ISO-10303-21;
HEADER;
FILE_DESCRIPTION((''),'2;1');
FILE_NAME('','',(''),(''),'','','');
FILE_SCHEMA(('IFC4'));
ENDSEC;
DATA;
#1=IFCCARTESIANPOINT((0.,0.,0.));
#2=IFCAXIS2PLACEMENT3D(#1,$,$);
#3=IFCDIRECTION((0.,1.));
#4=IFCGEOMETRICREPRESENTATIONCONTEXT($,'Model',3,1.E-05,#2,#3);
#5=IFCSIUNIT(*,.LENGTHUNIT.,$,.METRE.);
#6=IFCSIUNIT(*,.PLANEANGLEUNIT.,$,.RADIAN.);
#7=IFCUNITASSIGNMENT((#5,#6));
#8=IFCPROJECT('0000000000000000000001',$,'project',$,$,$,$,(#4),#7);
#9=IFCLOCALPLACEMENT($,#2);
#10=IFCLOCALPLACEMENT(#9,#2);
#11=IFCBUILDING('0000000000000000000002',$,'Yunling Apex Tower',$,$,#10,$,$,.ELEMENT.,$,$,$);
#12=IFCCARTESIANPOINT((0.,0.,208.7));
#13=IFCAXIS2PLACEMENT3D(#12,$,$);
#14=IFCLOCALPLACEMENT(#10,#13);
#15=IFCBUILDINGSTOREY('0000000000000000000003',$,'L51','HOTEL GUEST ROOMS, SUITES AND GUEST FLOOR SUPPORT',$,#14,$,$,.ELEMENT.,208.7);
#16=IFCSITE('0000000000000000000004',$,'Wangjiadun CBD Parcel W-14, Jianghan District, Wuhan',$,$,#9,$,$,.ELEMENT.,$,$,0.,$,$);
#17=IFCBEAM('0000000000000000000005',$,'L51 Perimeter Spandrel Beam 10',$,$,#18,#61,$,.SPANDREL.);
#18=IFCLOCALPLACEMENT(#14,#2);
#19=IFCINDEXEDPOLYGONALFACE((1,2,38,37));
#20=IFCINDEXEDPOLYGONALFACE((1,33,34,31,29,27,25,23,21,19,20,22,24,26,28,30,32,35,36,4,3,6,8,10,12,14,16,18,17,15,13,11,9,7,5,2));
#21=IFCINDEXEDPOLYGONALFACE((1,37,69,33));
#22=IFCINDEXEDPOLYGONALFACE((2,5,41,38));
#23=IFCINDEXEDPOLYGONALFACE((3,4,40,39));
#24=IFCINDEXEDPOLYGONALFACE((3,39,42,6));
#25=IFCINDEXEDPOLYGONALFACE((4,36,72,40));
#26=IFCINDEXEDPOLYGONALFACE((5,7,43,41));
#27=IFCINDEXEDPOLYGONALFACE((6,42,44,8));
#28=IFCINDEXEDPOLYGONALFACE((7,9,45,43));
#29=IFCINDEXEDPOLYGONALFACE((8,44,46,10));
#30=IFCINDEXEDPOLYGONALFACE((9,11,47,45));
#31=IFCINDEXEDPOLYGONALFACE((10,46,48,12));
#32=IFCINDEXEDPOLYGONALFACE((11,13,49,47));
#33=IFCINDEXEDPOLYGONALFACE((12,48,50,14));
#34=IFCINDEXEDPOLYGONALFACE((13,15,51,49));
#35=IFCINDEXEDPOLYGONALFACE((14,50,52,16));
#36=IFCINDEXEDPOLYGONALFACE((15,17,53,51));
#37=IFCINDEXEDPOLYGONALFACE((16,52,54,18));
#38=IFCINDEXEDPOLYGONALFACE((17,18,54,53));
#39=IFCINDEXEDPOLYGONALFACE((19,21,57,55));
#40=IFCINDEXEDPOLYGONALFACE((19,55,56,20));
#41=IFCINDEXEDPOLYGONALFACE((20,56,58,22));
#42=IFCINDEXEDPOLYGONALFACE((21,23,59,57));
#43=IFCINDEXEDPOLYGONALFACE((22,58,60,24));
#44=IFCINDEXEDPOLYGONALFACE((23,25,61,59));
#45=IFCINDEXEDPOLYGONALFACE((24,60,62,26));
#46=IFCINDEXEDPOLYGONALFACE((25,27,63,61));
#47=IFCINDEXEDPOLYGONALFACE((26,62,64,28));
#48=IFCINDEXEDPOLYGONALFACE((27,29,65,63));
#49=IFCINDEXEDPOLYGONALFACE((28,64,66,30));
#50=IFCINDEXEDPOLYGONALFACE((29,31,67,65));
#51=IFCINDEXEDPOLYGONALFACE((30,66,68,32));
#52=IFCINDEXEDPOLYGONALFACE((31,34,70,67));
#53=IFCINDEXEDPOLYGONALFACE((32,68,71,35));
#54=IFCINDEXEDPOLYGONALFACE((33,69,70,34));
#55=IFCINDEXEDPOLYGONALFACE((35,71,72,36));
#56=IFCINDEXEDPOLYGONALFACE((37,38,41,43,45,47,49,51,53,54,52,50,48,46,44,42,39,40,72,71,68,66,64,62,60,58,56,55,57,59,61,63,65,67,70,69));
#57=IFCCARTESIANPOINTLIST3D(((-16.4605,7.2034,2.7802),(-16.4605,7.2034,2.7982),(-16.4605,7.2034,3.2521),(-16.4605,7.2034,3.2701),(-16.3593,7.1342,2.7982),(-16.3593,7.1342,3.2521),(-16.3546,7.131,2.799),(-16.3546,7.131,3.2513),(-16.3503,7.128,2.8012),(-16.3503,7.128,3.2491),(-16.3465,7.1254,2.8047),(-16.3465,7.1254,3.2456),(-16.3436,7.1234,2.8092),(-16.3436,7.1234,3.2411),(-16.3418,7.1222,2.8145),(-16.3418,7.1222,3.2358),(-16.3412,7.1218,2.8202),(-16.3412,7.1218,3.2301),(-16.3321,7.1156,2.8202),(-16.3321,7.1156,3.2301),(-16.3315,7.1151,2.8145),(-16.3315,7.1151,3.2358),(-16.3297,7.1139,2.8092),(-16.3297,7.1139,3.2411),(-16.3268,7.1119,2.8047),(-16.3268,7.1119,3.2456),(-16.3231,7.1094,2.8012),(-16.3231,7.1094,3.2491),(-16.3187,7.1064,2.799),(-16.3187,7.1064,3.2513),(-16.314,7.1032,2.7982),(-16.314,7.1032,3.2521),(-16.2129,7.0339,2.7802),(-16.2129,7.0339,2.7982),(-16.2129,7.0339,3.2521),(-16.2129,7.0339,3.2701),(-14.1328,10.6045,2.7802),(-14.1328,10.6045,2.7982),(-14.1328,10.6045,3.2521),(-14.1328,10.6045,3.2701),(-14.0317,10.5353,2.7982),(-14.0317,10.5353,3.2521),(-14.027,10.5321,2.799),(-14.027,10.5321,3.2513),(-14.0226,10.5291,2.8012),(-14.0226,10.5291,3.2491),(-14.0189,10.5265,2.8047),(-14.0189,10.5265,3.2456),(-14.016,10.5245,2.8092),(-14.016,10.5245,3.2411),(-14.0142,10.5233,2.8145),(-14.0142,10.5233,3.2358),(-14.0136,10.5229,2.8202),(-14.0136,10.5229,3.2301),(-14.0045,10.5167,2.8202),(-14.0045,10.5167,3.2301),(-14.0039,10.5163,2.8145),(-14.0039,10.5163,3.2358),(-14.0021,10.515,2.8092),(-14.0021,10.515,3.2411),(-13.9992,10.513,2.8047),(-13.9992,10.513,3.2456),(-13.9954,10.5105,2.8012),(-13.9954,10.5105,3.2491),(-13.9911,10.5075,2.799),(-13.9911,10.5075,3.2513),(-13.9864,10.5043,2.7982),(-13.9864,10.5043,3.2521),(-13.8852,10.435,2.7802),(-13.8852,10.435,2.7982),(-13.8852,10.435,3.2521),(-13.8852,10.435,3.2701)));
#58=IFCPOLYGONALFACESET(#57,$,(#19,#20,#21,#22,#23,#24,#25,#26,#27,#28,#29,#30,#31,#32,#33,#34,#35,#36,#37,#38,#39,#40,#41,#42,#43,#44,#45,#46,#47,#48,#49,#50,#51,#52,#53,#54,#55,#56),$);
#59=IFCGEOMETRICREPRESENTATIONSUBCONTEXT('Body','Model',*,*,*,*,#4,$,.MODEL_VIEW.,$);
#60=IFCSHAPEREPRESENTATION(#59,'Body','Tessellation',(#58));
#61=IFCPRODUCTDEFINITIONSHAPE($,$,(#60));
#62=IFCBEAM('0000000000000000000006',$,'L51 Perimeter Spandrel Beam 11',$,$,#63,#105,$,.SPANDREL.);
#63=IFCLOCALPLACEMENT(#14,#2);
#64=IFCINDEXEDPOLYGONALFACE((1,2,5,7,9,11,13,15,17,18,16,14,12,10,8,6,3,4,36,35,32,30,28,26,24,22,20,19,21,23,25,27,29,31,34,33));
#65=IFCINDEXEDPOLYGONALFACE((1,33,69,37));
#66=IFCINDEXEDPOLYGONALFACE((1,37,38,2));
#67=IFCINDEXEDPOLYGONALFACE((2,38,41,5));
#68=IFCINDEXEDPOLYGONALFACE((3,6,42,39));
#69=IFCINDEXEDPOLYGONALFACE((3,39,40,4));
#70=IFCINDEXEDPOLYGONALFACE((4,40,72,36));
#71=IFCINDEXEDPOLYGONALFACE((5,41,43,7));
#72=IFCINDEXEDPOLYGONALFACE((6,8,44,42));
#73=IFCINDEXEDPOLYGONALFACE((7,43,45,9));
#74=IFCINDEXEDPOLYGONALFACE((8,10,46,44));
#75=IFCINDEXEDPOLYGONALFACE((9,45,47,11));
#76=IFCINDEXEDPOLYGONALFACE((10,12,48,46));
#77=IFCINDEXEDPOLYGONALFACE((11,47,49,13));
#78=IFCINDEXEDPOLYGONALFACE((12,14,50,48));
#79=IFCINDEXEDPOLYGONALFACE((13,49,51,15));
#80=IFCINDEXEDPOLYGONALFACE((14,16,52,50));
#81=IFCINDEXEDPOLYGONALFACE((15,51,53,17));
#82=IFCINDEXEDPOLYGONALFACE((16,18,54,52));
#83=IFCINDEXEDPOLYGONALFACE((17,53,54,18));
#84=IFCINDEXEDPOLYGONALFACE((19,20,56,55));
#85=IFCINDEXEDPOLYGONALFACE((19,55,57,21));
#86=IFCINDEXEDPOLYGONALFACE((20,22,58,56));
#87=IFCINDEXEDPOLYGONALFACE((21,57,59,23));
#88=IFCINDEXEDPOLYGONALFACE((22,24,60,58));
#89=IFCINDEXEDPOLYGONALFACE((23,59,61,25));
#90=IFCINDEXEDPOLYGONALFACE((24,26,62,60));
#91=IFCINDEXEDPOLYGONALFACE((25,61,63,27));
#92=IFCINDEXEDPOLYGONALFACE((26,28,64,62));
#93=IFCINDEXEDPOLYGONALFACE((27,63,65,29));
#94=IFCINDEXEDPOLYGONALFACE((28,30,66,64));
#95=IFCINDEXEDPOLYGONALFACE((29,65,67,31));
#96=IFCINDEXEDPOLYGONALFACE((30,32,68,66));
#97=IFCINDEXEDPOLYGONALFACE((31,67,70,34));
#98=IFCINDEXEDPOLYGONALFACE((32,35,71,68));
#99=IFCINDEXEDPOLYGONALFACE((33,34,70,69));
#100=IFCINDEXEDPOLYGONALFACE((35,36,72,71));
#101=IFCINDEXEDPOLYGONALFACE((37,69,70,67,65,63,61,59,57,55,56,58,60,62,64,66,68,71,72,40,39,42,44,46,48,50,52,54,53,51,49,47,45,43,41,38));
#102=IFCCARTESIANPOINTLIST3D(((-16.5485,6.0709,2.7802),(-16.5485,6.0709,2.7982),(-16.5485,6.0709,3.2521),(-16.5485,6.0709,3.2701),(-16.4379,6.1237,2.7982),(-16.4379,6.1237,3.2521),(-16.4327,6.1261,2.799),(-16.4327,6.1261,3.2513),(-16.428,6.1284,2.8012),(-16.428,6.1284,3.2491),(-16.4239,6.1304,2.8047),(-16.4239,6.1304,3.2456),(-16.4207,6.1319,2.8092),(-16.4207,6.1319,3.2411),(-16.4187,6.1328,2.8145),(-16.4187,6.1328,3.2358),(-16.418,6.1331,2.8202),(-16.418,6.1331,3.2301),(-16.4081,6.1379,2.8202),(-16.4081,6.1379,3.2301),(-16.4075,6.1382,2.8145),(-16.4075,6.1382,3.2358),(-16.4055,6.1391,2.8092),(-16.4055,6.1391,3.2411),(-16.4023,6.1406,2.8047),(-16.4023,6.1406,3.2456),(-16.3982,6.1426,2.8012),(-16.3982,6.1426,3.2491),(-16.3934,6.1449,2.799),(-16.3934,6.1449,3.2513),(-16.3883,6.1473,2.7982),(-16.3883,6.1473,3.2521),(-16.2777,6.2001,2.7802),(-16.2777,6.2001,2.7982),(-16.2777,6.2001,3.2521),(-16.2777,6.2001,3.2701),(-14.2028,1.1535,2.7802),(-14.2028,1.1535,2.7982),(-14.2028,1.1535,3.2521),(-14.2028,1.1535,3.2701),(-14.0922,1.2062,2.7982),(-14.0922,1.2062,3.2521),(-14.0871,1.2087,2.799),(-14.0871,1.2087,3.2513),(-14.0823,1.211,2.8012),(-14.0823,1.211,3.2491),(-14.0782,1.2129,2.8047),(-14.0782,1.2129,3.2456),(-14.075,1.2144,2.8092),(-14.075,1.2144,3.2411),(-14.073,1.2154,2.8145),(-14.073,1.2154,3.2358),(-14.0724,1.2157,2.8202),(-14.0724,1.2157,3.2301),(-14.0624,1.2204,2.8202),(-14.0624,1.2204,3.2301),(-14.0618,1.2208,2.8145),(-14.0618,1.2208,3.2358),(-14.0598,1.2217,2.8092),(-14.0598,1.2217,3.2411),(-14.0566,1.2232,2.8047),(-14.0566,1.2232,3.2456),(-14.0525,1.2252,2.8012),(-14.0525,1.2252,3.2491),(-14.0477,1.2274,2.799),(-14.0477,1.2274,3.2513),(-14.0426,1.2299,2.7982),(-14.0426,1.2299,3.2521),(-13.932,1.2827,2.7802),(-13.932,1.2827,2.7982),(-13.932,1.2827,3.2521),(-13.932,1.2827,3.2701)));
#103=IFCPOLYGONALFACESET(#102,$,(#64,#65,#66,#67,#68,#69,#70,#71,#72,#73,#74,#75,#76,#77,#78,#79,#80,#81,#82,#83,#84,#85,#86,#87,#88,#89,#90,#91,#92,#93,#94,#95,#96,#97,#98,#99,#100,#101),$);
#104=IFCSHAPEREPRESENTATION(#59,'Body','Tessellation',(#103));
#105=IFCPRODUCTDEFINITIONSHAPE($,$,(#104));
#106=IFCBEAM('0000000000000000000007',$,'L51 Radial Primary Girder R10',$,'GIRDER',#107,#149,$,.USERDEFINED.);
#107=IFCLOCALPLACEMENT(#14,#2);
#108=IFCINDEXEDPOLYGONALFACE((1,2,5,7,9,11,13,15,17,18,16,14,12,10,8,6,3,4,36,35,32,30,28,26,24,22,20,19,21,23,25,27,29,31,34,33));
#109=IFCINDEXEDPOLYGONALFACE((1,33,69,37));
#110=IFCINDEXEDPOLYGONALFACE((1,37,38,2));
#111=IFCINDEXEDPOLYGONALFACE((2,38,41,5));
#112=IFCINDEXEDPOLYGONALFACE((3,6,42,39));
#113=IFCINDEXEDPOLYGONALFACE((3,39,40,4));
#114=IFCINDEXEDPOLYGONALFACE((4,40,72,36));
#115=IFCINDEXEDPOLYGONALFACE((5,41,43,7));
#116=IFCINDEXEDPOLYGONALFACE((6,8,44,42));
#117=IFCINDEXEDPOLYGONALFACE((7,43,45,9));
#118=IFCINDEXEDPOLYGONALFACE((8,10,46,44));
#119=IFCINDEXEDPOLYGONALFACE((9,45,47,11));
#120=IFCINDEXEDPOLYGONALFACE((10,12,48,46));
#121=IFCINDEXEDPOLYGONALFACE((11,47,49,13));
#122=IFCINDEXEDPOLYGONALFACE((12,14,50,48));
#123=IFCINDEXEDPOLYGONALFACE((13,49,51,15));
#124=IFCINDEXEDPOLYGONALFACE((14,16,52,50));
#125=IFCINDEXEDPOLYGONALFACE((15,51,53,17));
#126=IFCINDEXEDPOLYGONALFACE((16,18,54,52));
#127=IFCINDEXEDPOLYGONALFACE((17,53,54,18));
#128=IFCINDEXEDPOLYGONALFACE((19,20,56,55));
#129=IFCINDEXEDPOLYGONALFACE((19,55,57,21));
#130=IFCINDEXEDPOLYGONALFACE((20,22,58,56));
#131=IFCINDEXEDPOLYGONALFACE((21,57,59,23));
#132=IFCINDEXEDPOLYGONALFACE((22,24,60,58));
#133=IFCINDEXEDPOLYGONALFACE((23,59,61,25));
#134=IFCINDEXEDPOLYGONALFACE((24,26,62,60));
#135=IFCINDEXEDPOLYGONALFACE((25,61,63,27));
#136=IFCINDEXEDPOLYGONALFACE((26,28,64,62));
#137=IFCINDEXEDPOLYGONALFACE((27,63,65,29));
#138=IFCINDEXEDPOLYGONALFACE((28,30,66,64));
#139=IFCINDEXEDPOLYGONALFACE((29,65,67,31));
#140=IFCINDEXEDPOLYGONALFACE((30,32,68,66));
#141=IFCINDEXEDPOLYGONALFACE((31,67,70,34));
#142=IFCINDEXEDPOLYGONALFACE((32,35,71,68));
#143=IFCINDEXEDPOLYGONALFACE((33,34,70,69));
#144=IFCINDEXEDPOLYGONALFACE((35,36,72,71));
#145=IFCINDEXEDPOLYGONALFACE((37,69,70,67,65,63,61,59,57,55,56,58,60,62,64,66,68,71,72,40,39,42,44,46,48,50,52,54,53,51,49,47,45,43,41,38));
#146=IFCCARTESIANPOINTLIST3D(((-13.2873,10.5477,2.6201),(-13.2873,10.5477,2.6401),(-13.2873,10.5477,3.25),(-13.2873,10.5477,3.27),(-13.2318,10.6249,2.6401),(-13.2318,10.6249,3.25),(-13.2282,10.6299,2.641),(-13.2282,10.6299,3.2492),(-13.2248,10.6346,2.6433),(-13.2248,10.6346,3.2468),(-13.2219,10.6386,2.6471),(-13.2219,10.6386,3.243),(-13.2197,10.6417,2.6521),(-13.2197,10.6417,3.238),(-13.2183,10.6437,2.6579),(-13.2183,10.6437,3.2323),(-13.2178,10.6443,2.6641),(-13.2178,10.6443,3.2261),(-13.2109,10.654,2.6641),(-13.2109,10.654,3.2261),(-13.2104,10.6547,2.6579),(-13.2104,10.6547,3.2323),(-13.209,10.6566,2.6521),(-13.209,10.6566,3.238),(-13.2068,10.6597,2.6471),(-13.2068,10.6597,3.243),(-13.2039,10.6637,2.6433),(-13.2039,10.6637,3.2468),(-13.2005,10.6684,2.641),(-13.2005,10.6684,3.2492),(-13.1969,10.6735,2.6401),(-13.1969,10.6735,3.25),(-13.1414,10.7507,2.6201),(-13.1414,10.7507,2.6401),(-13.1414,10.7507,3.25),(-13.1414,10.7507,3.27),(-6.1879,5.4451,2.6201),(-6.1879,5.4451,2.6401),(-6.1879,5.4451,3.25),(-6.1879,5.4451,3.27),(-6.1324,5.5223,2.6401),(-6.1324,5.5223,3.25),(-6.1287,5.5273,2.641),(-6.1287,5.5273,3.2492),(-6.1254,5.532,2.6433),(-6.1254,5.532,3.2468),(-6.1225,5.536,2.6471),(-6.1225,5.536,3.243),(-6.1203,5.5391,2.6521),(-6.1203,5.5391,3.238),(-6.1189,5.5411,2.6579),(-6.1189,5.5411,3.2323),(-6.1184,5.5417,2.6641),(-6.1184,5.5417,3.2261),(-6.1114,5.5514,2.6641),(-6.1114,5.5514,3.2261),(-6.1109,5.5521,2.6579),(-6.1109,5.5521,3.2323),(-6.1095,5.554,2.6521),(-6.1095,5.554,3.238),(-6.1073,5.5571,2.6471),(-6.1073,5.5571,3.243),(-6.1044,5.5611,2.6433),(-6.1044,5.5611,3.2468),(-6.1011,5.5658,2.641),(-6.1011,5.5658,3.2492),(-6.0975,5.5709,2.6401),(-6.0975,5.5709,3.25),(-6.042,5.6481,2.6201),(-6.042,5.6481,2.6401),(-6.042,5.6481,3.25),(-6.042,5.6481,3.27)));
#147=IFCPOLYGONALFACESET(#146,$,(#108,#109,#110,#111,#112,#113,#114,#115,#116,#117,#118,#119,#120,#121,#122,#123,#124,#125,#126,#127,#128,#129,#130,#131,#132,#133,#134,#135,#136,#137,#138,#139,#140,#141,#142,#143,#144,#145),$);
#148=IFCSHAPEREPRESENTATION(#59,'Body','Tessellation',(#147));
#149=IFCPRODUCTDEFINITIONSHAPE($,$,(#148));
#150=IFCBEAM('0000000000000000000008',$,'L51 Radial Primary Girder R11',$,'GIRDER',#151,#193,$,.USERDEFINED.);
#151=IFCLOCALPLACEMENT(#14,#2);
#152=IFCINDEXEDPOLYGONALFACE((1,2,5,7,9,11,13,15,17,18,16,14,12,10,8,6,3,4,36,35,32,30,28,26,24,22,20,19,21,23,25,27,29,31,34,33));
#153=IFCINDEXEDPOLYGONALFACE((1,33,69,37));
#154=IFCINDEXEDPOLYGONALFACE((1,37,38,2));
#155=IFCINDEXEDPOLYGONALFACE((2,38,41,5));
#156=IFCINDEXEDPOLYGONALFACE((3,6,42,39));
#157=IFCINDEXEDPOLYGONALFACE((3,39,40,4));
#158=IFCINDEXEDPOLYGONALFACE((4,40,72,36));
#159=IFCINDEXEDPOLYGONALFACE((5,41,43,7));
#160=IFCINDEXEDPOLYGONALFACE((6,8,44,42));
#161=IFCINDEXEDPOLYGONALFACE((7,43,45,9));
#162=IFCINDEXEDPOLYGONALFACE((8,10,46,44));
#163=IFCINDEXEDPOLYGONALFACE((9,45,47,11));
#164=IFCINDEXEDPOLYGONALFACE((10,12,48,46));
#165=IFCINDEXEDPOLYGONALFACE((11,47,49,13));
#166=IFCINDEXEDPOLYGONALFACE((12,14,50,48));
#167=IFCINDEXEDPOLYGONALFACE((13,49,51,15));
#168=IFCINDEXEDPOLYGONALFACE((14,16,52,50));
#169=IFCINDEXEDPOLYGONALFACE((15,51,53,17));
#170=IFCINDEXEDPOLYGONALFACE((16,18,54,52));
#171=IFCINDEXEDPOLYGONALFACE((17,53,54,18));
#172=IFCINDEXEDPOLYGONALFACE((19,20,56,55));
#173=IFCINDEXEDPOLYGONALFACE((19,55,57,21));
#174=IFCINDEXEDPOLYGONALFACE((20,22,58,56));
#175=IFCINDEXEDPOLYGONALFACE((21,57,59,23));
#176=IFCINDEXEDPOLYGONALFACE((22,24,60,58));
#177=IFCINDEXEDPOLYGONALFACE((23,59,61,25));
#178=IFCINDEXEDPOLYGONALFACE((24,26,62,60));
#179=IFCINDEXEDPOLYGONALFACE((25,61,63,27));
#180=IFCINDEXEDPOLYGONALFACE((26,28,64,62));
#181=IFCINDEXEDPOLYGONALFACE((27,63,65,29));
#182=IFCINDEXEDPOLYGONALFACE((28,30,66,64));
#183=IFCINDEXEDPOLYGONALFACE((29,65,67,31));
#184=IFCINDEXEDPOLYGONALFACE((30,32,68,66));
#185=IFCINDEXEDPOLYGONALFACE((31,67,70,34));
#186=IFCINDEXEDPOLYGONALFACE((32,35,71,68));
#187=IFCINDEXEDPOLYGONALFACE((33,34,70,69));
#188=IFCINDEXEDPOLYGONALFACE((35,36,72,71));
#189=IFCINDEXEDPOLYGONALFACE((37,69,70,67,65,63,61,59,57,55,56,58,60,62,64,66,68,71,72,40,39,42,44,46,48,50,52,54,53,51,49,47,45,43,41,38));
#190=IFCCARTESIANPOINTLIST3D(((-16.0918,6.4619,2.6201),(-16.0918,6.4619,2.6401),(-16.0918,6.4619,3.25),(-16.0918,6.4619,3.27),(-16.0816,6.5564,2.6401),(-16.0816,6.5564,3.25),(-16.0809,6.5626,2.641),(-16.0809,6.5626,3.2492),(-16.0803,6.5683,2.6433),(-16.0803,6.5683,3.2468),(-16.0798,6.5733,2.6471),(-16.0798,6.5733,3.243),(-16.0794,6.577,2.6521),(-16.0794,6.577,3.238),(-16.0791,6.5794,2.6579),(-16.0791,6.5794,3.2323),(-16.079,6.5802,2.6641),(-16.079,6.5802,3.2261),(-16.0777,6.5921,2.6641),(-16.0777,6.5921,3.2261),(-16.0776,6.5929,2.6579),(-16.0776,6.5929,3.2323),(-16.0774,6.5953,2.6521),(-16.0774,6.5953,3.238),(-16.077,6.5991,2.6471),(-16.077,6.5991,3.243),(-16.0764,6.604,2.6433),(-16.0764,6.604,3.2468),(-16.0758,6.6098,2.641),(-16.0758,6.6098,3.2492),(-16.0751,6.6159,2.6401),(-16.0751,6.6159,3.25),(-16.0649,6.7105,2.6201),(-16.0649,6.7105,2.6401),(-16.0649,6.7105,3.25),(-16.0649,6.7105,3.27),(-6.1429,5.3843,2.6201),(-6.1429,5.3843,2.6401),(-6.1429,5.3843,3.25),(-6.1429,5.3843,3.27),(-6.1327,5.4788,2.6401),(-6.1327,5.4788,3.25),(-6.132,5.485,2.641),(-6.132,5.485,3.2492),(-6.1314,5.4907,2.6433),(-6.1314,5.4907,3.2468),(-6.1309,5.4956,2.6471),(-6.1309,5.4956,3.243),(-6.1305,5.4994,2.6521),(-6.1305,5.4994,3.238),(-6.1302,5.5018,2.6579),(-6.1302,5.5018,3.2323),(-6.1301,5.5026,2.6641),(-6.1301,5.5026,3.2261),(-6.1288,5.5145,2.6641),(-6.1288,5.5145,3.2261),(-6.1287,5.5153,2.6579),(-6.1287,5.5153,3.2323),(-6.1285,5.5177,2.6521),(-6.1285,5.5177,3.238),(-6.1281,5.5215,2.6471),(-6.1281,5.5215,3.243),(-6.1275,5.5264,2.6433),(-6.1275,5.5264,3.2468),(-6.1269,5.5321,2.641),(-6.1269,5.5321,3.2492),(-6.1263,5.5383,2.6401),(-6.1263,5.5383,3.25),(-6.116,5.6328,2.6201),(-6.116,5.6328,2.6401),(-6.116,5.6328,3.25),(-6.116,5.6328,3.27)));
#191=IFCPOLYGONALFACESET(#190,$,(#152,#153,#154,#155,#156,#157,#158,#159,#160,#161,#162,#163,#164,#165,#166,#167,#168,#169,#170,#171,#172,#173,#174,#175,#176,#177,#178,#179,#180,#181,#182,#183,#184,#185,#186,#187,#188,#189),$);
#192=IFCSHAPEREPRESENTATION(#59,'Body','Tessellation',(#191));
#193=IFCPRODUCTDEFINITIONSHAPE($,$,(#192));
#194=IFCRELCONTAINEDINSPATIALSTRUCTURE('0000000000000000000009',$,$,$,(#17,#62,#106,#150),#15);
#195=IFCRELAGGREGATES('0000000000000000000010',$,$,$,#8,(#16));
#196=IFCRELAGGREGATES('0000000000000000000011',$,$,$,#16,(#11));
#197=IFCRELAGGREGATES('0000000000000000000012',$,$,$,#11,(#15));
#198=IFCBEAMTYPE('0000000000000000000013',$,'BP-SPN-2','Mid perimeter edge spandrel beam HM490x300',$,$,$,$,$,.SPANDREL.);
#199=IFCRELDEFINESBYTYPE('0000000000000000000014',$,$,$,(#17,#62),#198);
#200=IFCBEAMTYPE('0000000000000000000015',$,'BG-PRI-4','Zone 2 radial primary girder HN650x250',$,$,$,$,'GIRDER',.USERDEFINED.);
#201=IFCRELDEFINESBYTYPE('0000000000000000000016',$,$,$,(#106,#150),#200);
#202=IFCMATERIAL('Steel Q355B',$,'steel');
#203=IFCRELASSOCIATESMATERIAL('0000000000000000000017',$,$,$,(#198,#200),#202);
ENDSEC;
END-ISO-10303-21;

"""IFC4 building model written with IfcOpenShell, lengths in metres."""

from ifc_helpers import new_model, si_unit, direction, frame, origin, origin_2d, place, context, subcontext, project, spatial, i_section, extrude, source, transform, mapped, material, material_profile, profile_set, type_object, element, save


model = new_model("IFC4")

# Units and contexts
model_context = context("Model", 3, precision=1e-05, world=origin(), true_north=direction((0.0, 1.0)))
body_context = subcontext(model_context, "Body", "Model", "MODEL_VIEW")
ifc_project = project(units=[si_unit("LENGTHUNIT", "METRE"), si_unit("PLANEANGLEUNIT", "RADIAN")], contexts=[model_context])

# Site, building, storey
site_placement = place(None, origin())
site = spatial("IfcSite", under=ifc_project, at=site_placement, Name="Wangjiadun CBD Parcel W-14, Jianghan District, Wuhan", CompositionType="ELEMENT", RefElevation=0.0)
building_placement = place(site_placement, origin())
building = spatial("IfcBuilding", under=site, at=building_placement, Name="Yunling Apex Tower", CompositionType="ELEMENT")
storey_placement = place(building_placement, frame((0.0, 0.0, 208.7)))
storey = spatial("IfcBuildingStorey", under=building, at=storey_placement, Name="L51", Description="HOTEL GUEST ROOMS, SUITES AND GUEST FLOOR SUPPORT", CompositionType="ELEMENT", Elevation=208.7)

# Beams
ifc_material_1 = material(Name="Steel Q355B", Category="steel")
ifc_material_profile_1 = material_profile(ifc_material_1, i_section(OverallWidth=0.3, OverallDepth=0.49, WebThickness=0.011, FlangeThickness=0.0181, FilletRadius=0.022, at=origin_2d()))
ifc_profile_set_1 = profile_set([ifc_material_profile_1], Name="Steel Q355B")
beam_type_1 = type_object("IfcBeamType", Name="BP-SPN-2", Description="Mid perimeter edge spandrel beam HM490x300", PredefinedType="SPANDREL", material=ifc_profile_set_1)
shared_shape_1 = source(origin(), body_context, "Body", "SweptSolid", [
    extrude(i_section(OverallWidth=0.3, OverallDepth=0.49, WebThickness=0.011, FlangeThickness=0.0181, FilletRadius=0.022, at=origin_2d()), origin(), (0.0, 0.0, 1.0), 4.1213),
])
beam_1_placement = place(storey_placement, frame((-14.009, 10.5198, 3.0251), z_axis=(-0.564775, -0.825245, 0.0), x_axis=(0.825245, -0.564775, 0.0)))
element("IfcBeam", 1, at=beam_1_placement, inside=storey, type_object=beam_type_1, Name="L51 Perimeter Spandrel Beam 10", PredefinedType="SPANDREL", context=body_context, shape_type="MappedRepresentation", body=[
    mapped(shared_shape_1, transform((0.0, 0.0, 0.0), scale=1.0)),
])
shared_shape_2 = source(origin(), body_context, "Body", "SweptSolid", [
    extrude(i_section(OverallWidth=0.3, OverallDepth=0.49, WebThickness=0.011, FlangeThickness=0.0181, FilletRadius=0.022, at=origin_2d()), origin(), (0.0, 0.0, 1.0), 5.4482),
])
beam_2_placement = place(storey_placement, frame((-16.4131, 6.1355, 3.0251), z_axis=(0.430539, -0.902572, 0.0), x_axis=(0.902572, 0.430539, 0.0)))
element("IfcBeam", 2, at=beam_2_placement, inside=storey, type_object=beam_type_1, Name="L51 Perimeter Spandrel Beam 11", PredefinedType="SPANDREL", context=body_context, shape_type="MappedRepresentation", body=[
    mapped(shared_shape_2, transform((0.0, 0.0, 0.0), scale=1.0)),
])
ifc_material_profile_2 = material_profile(ifc_material_1, i_section(OverallWidth=0.25, OverallDepth=0.6499, WebThickness=0.012, FlangeThickness=0.02, FilletRadius=0.0239, at=origin_2d()))
ifc_profile_set_2 = profile_set([ifc_material_profile_2], Name="Steel Q355B")
beam_type_2 = type_object("IfcBeamType", Name="BG-PRI-4", Description="Zone 2 radial primary girder HN650x250", ElementType="GIRDER", PredefinedType="USERDEFINED", material=ifc_profile_set_2)
shared_shape_3 = source(origin(), body_context, "Body", "SweptSolid", [
    extrude(i_section(OverallWidth=0.25, OverallDepth=0.6499, WebThickness=0.012, FlangeThickness=0.02, FilletRadius=0.0239, at=origin_2d()), origin(), (0.0, 0.0, 1.0), 8.7429),
])
beam_3_placement = place(storey_placement, frame((-13.2144, 10.6492, 2.9451), z_axis=(0.812022, -0.583626, 0.0), x_axis=(0.583626, 0.812022, 0.0)))
element("IfcBeam", 3, at=beam_3_placement, inside=storey, type_object=beam_type_2, Name="L51 Radial Primary Girder R10", ObjectType="GIRDER", PredefinedType="USERDEFINED", context=body_context, shape_type="MappedRepresentation", body=[
    mapped(shared_shape_3, transform((0.0, 0.0, 0.0), scale=1.0)),
])
shared_shape_4 = source(origin(), body_context, "Body", "SweptSolid", [
    extrude(i_section(OverallWidth=0.25, OverallDepth=0.6499, WebThickness=0.012, FlangeThickness=0.02, FilletRadius=0.0239, at=origin_2d()), origin(), (0.0, 0.0, 1.0), 10.0071),
])
beam_4_placement = place(storey_placement, frame((-16.0784, 6.5862, 2.9451), z_axis=(0.994185, -0.107686, 0.0), x_axis=(0.107686, 0.994185, 0.0)))
element("IfcBeam", 4, at=beam_4_placement, inside=storey, type_object=beam_type_2, Name="L51 Radial Primary Girder R11", ObjectType="GIRDER", PredefinedType="USERDEFINED", context=body_context, shape_type="MappedRepresentation", body=[
    mapped(shared_shape_4, transform((0.0, 0.0, 0.0), scale=1.0)),
])

save(model, "model.ifc")
